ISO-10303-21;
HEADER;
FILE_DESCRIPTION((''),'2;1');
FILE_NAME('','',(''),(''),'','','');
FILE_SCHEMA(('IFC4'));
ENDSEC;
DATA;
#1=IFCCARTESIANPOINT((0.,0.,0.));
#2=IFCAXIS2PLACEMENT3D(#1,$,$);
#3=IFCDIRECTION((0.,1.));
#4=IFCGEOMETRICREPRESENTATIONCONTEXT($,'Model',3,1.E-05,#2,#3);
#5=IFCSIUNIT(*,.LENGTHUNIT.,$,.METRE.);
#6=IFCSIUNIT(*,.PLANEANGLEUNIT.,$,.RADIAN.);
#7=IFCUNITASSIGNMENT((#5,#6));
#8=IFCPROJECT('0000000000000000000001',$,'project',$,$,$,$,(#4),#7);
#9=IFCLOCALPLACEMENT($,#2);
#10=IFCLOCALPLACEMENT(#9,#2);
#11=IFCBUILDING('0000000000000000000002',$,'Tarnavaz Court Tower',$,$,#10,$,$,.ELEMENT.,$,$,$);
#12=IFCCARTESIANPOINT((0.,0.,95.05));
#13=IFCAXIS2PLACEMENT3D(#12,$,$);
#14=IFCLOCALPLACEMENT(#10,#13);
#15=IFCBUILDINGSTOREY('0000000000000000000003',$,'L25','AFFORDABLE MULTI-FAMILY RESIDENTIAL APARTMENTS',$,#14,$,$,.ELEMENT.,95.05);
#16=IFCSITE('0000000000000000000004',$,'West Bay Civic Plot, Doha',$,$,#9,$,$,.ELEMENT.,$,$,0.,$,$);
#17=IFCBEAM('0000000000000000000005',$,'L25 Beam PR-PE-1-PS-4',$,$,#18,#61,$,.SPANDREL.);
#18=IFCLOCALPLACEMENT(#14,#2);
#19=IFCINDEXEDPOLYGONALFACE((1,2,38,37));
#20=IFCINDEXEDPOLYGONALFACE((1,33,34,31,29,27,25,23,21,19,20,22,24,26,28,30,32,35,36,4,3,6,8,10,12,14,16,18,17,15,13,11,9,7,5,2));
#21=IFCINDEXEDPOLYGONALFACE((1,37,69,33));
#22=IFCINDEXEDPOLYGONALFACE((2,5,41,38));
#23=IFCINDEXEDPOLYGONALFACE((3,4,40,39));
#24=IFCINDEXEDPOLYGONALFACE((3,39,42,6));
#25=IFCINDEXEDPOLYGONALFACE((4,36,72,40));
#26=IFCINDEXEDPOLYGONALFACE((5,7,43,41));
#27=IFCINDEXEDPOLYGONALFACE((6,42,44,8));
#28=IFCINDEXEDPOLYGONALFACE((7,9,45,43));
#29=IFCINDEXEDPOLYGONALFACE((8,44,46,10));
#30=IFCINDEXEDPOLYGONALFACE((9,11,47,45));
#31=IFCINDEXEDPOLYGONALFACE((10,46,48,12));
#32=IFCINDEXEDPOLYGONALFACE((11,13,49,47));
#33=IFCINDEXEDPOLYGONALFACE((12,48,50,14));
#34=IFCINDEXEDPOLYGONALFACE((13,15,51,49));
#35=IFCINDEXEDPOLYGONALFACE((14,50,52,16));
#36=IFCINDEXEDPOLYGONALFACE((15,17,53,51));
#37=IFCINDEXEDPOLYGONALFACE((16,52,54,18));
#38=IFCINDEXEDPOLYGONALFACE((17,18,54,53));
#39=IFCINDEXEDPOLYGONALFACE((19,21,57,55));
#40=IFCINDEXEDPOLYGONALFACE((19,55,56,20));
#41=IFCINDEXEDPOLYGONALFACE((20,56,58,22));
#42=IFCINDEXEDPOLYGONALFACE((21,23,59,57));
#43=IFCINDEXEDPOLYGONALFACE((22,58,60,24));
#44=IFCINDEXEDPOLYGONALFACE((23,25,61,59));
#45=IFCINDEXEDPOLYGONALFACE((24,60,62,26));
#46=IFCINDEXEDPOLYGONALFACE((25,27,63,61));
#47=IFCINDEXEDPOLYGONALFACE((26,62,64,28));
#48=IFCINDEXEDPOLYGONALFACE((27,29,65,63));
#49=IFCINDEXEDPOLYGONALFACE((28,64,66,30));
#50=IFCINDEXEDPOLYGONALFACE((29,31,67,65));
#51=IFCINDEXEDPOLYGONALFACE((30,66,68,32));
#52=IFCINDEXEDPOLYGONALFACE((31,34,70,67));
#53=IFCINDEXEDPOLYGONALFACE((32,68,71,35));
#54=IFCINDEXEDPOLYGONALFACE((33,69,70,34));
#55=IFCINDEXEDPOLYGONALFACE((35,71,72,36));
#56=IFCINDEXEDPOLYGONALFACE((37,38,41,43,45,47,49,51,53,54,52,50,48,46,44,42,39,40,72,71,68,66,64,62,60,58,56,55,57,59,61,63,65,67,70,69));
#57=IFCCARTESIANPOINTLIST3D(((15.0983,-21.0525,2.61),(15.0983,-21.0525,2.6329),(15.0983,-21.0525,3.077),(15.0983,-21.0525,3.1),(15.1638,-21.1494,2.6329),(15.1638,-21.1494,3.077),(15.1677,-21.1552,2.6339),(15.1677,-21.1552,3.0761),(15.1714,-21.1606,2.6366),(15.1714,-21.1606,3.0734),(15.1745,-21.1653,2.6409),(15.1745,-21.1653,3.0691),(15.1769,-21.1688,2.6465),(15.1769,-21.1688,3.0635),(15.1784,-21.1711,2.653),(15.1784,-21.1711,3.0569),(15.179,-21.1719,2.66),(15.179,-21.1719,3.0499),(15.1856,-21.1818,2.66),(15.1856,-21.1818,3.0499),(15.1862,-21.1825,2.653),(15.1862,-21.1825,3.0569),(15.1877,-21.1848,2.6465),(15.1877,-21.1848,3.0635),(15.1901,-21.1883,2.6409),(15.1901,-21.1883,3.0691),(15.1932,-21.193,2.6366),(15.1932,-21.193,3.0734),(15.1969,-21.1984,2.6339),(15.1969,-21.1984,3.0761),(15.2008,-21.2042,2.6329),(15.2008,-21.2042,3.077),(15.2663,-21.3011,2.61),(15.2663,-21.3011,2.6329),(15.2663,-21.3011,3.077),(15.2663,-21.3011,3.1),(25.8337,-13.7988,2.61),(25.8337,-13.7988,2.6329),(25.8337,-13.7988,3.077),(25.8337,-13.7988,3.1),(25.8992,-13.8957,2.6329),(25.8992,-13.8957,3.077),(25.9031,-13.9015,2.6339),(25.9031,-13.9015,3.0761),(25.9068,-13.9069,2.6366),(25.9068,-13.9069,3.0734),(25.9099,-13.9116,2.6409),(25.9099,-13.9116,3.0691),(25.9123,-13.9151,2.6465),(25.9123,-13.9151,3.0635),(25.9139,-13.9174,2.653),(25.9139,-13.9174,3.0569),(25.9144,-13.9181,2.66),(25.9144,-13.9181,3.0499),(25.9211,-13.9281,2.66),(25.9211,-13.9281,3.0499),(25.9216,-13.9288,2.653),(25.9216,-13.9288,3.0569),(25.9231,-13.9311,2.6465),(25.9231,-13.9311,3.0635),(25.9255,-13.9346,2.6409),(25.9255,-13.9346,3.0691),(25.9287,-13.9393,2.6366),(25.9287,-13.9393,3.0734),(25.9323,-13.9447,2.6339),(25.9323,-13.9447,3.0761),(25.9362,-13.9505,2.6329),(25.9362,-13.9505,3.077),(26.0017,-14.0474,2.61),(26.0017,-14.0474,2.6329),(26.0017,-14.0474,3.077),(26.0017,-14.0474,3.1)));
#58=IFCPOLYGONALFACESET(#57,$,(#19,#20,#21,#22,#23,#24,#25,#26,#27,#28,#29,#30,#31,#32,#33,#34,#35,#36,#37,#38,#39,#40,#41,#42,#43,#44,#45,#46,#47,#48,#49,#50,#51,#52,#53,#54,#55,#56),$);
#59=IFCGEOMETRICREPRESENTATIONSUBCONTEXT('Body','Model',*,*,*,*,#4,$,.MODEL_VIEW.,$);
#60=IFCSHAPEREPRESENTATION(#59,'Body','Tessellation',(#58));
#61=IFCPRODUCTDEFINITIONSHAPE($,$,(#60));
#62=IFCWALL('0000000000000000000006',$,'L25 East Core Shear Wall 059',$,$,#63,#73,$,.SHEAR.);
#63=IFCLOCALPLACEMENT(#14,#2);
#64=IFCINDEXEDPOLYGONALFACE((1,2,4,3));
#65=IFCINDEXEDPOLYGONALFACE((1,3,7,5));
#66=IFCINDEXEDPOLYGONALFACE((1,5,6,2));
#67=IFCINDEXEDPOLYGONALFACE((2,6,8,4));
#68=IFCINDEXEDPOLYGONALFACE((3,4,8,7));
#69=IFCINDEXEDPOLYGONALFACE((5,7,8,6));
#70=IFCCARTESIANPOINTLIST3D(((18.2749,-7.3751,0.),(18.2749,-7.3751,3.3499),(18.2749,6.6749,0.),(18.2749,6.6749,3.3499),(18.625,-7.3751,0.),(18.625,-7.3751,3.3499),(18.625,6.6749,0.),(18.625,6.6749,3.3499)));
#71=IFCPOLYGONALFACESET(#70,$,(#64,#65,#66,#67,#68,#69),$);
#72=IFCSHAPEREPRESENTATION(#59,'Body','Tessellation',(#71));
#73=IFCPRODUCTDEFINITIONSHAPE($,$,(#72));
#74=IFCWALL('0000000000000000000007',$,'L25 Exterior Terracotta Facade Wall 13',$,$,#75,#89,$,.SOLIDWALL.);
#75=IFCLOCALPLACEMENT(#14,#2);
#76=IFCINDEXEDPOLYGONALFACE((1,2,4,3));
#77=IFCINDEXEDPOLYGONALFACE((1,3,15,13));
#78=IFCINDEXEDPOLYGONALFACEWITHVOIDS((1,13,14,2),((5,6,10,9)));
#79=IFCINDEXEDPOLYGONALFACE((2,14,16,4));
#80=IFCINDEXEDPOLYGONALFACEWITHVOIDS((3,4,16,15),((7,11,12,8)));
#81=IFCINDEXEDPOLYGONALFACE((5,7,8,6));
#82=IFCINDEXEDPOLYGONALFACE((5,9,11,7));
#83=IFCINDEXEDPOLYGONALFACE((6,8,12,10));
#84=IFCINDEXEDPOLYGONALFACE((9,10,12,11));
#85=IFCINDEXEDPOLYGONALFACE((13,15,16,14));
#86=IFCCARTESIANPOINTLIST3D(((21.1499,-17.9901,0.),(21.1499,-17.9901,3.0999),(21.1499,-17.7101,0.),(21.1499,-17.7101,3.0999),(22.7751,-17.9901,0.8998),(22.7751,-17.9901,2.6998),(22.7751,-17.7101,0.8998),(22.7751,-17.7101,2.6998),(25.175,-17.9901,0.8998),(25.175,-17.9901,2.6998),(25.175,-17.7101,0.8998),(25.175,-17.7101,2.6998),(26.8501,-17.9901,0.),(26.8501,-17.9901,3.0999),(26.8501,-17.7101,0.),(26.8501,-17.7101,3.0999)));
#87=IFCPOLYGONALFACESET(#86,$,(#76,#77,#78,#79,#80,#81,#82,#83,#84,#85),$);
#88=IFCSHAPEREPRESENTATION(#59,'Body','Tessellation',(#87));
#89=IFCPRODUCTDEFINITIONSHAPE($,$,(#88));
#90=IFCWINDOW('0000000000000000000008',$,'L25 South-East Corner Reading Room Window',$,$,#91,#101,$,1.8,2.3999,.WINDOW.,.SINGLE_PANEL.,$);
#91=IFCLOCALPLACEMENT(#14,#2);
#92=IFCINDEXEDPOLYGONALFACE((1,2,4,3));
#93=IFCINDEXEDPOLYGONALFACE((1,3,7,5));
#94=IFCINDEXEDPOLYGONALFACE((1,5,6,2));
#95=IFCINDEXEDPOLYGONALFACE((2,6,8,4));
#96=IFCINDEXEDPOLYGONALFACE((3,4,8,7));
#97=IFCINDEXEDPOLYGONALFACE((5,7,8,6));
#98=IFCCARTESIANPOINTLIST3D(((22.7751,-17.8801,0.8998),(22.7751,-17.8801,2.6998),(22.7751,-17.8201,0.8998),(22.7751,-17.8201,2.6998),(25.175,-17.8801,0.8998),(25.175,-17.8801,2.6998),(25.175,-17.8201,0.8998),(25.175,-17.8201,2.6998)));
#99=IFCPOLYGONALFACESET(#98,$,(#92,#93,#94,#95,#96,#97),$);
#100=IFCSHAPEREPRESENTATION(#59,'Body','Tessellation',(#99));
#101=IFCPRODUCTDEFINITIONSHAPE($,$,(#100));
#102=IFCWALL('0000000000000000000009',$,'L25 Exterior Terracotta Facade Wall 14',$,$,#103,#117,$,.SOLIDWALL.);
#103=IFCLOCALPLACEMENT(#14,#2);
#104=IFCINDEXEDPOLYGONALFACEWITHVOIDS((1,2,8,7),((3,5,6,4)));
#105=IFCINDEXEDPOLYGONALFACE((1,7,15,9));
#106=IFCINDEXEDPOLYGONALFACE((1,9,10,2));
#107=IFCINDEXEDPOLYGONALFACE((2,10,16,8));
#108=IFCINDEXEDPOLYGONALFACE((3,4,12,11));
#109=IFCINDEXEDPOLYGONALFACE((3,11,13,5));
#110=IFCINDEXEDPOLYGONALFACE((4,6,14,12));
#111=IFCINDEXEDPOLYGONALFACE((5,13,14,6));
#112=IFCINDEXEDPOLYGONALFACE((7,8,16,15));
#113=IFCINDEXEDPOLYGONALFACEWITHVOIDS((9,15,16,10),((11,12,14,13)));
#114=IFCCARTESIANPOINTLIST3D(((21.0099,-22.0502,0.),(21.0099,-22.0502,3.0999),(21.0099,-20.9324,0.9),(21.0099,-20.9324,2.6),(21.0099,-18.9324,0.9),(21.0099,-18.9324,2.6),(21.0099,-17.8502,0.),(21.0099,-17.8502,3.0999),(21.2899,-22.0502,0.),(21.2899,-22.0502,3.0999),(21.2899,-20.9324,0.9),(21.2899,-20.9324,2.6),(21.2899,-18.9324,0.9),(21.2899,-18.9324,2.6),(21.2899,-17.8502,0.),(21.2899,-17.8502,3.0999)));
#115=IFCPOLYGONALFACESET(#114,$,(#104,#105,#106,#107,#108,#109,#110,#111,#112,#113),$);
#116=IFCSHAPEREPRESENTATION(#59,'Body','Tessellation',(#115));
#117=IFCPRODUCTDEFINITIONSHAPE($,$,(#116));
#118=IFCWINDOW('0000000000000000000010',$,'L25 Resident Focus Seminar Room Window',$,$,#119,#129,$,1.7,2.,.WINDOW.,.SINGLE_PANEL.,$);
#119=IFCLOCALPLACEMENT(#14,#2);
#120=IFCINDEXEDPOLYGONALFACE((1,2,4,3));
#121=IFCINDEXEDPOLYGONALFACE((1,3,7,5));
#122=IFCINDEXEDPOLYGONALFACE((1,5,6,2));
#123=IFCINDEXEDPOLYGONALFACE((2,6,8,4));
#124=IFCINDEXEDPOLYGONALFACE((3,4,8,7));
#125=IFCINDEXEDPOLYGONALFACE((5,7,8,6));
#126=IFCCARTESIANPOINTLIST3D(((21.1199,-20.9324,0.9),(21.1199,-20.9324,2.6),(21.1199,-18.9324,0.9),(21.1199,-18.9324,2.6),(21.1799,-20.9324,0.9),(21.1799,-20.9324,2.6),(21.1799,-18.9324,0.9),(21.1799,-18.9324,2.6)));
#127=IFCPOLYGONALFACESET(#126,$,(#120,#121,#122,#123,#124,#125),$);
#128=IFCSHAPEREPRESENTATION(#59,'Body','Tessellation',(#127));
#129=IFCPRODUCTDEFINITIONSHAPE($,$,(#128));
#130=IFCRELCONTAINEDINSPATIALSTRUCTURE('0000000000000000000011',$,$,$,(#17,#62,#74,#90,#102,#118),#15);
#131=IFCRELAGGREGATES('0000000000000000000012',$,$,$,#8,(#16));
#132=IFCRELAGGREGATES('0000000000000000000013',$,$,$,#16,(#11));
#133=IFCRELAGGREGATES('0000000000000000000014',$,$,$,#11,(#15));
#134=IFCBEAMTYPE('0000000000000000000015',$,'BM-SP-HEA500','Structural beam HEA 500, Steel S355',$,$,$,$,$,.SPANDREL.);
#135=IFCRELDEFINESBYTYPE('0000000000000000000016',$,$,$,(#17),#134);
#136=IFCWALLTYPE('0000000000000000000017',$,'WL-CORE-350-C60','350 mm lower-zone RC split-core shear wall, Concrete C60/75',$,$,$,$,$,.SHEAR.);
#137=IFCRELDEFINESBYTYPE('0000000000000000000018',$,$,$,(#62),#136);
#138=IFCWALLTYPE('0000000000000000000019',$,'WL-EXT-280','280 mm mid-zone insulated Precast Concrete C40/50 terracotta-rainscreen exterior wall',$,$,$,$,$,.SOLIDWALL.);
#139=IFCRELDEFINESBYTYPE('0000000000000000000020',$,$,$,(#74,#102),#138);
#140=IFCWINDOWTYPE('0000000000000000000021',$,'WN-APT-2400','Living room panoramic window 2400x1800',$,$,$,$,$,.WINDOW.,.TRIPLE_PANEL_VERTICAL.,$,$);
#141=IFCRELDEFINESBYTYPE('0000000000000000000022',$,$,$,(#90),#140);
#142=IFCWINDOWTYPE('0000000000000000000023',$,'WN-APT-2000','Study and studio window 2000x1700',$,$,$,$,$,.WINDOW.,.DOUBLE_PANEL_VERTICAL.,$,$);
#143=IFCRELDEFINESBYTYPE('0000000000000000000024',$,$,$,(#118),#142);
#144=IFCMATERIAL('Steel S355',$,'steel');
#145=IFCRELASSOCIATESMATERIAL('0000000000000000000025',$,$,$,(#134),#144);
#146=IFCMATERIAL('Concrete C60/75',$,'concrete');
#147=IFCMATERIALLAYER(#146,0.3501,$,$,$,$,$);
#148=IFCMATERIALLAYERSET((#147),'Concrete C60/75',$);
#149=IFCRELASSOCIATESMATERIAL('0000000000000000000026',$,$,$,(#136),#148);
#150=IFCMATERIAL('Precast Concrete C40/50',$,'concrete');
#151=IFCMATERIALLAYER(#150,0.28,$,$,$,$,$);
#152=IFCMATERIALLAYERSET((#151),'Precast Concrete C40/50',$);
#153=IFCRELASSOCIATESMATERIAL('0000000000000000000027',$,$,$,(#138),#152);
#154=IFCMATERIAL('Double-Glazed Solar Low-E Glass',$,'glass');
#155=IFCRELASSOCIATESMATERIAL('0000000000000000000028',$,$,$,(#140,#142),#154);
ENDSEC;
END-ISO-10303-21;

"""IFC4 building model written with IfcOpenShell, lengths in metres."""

from ifc_helpers import new_model, si_unit, direction, frame, frame_2d, origin, origin_2d, place, context, subcontext, project, spatial, rectangle, i_section, extrude, material, layer, layer_set, material_profile, profile_set, type_object, element, fill, save


model = new_model("IFC4")

# Units and contexts
model_context = context("Model", 3, precision=1e-05, world=origin(), true_north=direction((0.0, 1.0)))
body_context = subcontext(model_context, "Body", "Model", "MODEL_VIEW")
ifc_project = project(units=[si_unit("LENGTHUNIT", "METRE"), si_unit("PLANEANGLEUNIT", "RADIAN")], contexts=[model_context])

# Site, building, storey
site_placement = place(None, origin())
site = spatial("IfcSite", under=ifc_project, at=site_placement, Name="West Bay Civic Plot, Doha", CompositionType="ELEMENT", RefElevation=0.0)
building_placement = place(site_placement, origin())
building = spatial("IfcBuilding", under=site, at=building_placement, Name="Tarnavaz Court Tower", CompositionType="ELEMENT")
storey_placement = place(building_placement, frame((0.0, 0.0, 95.05)))
storey = spatial("IfcBuildingStorey", under=building, at=storey_placement, Name="L25", Description="AFFORDABLE MULTI-FAMILY RESIDENTIAL APARTMENTS", CompositionType="ELEMENT", Elevation=95.05)

# Shared definitions
ifc_material_1 = material(Name="Concrete C60/75", Category="concrete")

# Beam
ifc_material_2 = material(Name="Steel S355", Category="steel")
ifc_material_profile_1 = material_profile(ifc_material_2, i_section(OverallWidth=0.3, OverallDepth=0.49, WebThickness=0.012, FlangeThickness=0.0229, FilletRadius=0.0271, at=origin_2d()), Name="HEA 500")
ifc_profile_set_1 = profile_set([ifc_material_profile_1], Name="Steel S355")
beam_type_1 = type_object("IfcBeamType", Name="BM-SP-HEA500", Description="Structural beam HEA 500, Steel S355", PredefinedType="SPANDREL", material=ifc_profile_set_1)
beam_1_placement = place(storey_placement, frame((25.9177, -13.9231, 2.855), z_axis=(-0.828587, -0.55986, 0.0), x_axis=(0.55986, -0.828587, 0.0)))
element("IfcBeam", 1, at=beam_1_placement, inside=storey, type_object=beam_type_1, Name="L25 Beam PR-PE-1-PS-4", PredefinedType="SPANDREL", context=body_context, shape_type="SweptSolid", body=[
    extrude(i_section(OverallWidth=0.3, OverallDepth=0.49, WebThickness=0.012, FlangeThickness=0.0229, FilletRadius=0.0271, at=origin_2d()), origin(), (0.0, 0.0, 1.0), 12.9563),
])

# Wall
ifc_layer_1 = layer(ifc_material_1, 0.3501)
ifc_layer_set_1 = layer_set([ifc_layer_1], Name="Concrete C60/75")
wall_type_1 = type_object("IfcWallType", Name="WL-CORE-350-C60", Description="350 mm lower-zone RC split-core shear wall, Concrete C60/75", PredefinedType="SHEAR", material=ifc_layer_set_1)
wall_1_placement = place(storey_placement, frame((18.45, -7.375, 0.0), z_axis=(0.0, 0.0, 1.0), x_axis=(0.0, 1.0, 0.0)))
element("IfcWall", 2, at=wall_1_placement, inside=storey, type_object=wall_type_1, Name="L25 East Core Shear Wall 059", PredefinedType="SHEAR", context=body_context, shape_type="SweptSolid", body=[
    extrude(rectangle(XDim=14.05, YDim=0.3501, at=frame_2d((7.0249, 0.0))), origin(), (0.0, 0.0, 1.0), 3.3499),
])

# Walls, openings, windows
ifc_material_3 = material(Name="Precast Concrete C40/50", Category="concrete")
ifc_layer_2 = layer(ifc_material_3, 0.28)
ifc_layer_set_2 = layer_set([ifc_layer_2], Name="Precast Concrete C40/50")
wall_type_2 = type_object("IfcWallType", Name="WL-EXT-280", Description="280 mm mid-zone insulated Precast Concrete C40/50 terracotta-rainscreen exterior wall", PredefinedType="SOLIDWALL", material=ifc_layer_set_2)
wall_2_placement = place(storey_placement, frame((26.8501, -17.8501, 0.0), z_axis=(0.0, 0.0, 1.0), x_axis=(-1.0, 0.0, 0.0)))
wall_2 = element("IfcWall", 3, at=wall_2_placement, inside=storey, type_object=wall_type_2, Name="L25 Exterior Terracotta Facade Wall 13", PredefinedType="SOLIDWALL", context=body_context, shape_type="SweptSolid", body=[
    extrude(rectangle(XDim=5.7002, YDim=0.28, at=frame_2d((2.8501, 0.0))), origin(), (0.0, 0.0, 1.0), 3.0999),
])
opening_1_placement = place(wall_2_placement, frame((1.675, 0.0, 0.8999)))
opening_1 = element("IfcOpeningElement", 4, at=opening_1_placement, cuts=wall_2, PredefinedType="OPENING", context=body_context, shape_type="SweptSolid", body=[
    extrude(rectangle(XDim=2.3999, YDim=1.8, at=frame_2d((1.2, 0.8999))), frame((0.0, 0.1499, 0.0), z_axis=(0.0, -1.0, 0.0), x_axis=(1.0, 0.0, 0.0)), (0.0, 0.0, 1.0), 0.3),
])
ifc_material_4 = material(Name="Double-Glazed Solar Low-E Glass", Category="glass")
window_type_1 = type_object("IfcWindowType", Name="WN-APT-2400", Description="Living room panoramic window 2400x1800", PartitioningType="TRIPLE_PANEL_VERTICAL", PredefinedType="WINDOW", material=ifc_material_4)
window_1_placement = place(opening_1_placement, origin())
window_1 = element("IfcWindow", 5, at=window_1_placement, inside=storey, type_object=window_type_1, Name="L25 South-East Corner Reading Room Window", OverallHeight=1.8, OverallWidth=2.3999, PartitioningType="SINGLE_PANEL", PredefinedType="WINDOW", context=body_context, shape_type="SweptSolid", body=[
    extrude(rectangle(XDim=2.3999, YDim=1.8, at=frame_2d((1.2, 0.8999))), frame((0.0, 0.03, 0.0), z_axis=(0.0, -1.0, 0.0), x_axis=(1.0, 0.0, 0.0)), (0.0, 0.0, 1.0), 0.0601),
])
fill(opening_1, window_1)
wall_3_placement = place(storey_placement, frame((21.1499, -17.8501, 0.0), z_axis=(0.0, 0.0, 1.0), x_axis=(0.0, -1.0, 0.0)))
wall_3 = element("IfcWall", 6, at=wall_3_placement, inside=storey, type_object=wall_type_2, Name="L25 Exterior Terracotta Facade Wall 14", PredefinedType="SOLIDWALL", context=body_context, shape_type="SweptSolid", body=[
    extrude(rectangle(XDim=4.2, YDim=0.28, at=frame_2d((2.1001, 0.0))), origin(), (0.0, 0.0, 1.0), 3.0999),
])
opening_2_placement = place(wall_3_placement, frame((1.0823, 0.0, 0.8999)))
opening_2 = element("IfcOpeningElement", 7, at=opening_2_placement, cuts=wall_3, PredefinedType="OPENING", context=body_context, shape_type="SweptSolid", body=[
    extrude(rectangle(XDim=2.0, YDim=1.7, at=frame_2d((1.0, 0.8501))), frame((0.0, 0.1499, 0.0), z_axis=(0.0, -1.0, 0.0), x_axis=(1.0, 0.0, 0.0)), (0.0, 0.0, 1.0), 0.3),
])
window_type_2 = type_object("IfcWindowType", Name="WN-APT-2000", Description="Study and studio window 2000x1700", PartitioningType="DOUBLE_PANEL_VERTICAL", PredefinedType="WINDOW", material=ifc_material_4)
window_2_placement = place(opening_2_placement, origin())
window_2 = element("IfcWindow", 8, at=window_2_placement, inside=storey, type_object=window_type_2, Name="L25 Resident Focus Seminar Room Window", OverallHeight=1.7, OverallWidth=2.0, PartitioningType="SINGLE_PANEL", PredefinedType="WINDOW", context=body_context, shape_type="SweptSolid", body=[
    extrude(rectangle(XDim=2.0, YDim=1.7, at=frame_2d((1.0, 0.8501))), frame((0.0, 0.03, 0.0), z_axis=(0.0, -1.0, 0.0), x_axis=(1.0, 0.0, 0.0)), (0.0, 0.0, 1.0), 0.0601),
])
fill(opening_2, window_2)

save(model, "model.ifc")
